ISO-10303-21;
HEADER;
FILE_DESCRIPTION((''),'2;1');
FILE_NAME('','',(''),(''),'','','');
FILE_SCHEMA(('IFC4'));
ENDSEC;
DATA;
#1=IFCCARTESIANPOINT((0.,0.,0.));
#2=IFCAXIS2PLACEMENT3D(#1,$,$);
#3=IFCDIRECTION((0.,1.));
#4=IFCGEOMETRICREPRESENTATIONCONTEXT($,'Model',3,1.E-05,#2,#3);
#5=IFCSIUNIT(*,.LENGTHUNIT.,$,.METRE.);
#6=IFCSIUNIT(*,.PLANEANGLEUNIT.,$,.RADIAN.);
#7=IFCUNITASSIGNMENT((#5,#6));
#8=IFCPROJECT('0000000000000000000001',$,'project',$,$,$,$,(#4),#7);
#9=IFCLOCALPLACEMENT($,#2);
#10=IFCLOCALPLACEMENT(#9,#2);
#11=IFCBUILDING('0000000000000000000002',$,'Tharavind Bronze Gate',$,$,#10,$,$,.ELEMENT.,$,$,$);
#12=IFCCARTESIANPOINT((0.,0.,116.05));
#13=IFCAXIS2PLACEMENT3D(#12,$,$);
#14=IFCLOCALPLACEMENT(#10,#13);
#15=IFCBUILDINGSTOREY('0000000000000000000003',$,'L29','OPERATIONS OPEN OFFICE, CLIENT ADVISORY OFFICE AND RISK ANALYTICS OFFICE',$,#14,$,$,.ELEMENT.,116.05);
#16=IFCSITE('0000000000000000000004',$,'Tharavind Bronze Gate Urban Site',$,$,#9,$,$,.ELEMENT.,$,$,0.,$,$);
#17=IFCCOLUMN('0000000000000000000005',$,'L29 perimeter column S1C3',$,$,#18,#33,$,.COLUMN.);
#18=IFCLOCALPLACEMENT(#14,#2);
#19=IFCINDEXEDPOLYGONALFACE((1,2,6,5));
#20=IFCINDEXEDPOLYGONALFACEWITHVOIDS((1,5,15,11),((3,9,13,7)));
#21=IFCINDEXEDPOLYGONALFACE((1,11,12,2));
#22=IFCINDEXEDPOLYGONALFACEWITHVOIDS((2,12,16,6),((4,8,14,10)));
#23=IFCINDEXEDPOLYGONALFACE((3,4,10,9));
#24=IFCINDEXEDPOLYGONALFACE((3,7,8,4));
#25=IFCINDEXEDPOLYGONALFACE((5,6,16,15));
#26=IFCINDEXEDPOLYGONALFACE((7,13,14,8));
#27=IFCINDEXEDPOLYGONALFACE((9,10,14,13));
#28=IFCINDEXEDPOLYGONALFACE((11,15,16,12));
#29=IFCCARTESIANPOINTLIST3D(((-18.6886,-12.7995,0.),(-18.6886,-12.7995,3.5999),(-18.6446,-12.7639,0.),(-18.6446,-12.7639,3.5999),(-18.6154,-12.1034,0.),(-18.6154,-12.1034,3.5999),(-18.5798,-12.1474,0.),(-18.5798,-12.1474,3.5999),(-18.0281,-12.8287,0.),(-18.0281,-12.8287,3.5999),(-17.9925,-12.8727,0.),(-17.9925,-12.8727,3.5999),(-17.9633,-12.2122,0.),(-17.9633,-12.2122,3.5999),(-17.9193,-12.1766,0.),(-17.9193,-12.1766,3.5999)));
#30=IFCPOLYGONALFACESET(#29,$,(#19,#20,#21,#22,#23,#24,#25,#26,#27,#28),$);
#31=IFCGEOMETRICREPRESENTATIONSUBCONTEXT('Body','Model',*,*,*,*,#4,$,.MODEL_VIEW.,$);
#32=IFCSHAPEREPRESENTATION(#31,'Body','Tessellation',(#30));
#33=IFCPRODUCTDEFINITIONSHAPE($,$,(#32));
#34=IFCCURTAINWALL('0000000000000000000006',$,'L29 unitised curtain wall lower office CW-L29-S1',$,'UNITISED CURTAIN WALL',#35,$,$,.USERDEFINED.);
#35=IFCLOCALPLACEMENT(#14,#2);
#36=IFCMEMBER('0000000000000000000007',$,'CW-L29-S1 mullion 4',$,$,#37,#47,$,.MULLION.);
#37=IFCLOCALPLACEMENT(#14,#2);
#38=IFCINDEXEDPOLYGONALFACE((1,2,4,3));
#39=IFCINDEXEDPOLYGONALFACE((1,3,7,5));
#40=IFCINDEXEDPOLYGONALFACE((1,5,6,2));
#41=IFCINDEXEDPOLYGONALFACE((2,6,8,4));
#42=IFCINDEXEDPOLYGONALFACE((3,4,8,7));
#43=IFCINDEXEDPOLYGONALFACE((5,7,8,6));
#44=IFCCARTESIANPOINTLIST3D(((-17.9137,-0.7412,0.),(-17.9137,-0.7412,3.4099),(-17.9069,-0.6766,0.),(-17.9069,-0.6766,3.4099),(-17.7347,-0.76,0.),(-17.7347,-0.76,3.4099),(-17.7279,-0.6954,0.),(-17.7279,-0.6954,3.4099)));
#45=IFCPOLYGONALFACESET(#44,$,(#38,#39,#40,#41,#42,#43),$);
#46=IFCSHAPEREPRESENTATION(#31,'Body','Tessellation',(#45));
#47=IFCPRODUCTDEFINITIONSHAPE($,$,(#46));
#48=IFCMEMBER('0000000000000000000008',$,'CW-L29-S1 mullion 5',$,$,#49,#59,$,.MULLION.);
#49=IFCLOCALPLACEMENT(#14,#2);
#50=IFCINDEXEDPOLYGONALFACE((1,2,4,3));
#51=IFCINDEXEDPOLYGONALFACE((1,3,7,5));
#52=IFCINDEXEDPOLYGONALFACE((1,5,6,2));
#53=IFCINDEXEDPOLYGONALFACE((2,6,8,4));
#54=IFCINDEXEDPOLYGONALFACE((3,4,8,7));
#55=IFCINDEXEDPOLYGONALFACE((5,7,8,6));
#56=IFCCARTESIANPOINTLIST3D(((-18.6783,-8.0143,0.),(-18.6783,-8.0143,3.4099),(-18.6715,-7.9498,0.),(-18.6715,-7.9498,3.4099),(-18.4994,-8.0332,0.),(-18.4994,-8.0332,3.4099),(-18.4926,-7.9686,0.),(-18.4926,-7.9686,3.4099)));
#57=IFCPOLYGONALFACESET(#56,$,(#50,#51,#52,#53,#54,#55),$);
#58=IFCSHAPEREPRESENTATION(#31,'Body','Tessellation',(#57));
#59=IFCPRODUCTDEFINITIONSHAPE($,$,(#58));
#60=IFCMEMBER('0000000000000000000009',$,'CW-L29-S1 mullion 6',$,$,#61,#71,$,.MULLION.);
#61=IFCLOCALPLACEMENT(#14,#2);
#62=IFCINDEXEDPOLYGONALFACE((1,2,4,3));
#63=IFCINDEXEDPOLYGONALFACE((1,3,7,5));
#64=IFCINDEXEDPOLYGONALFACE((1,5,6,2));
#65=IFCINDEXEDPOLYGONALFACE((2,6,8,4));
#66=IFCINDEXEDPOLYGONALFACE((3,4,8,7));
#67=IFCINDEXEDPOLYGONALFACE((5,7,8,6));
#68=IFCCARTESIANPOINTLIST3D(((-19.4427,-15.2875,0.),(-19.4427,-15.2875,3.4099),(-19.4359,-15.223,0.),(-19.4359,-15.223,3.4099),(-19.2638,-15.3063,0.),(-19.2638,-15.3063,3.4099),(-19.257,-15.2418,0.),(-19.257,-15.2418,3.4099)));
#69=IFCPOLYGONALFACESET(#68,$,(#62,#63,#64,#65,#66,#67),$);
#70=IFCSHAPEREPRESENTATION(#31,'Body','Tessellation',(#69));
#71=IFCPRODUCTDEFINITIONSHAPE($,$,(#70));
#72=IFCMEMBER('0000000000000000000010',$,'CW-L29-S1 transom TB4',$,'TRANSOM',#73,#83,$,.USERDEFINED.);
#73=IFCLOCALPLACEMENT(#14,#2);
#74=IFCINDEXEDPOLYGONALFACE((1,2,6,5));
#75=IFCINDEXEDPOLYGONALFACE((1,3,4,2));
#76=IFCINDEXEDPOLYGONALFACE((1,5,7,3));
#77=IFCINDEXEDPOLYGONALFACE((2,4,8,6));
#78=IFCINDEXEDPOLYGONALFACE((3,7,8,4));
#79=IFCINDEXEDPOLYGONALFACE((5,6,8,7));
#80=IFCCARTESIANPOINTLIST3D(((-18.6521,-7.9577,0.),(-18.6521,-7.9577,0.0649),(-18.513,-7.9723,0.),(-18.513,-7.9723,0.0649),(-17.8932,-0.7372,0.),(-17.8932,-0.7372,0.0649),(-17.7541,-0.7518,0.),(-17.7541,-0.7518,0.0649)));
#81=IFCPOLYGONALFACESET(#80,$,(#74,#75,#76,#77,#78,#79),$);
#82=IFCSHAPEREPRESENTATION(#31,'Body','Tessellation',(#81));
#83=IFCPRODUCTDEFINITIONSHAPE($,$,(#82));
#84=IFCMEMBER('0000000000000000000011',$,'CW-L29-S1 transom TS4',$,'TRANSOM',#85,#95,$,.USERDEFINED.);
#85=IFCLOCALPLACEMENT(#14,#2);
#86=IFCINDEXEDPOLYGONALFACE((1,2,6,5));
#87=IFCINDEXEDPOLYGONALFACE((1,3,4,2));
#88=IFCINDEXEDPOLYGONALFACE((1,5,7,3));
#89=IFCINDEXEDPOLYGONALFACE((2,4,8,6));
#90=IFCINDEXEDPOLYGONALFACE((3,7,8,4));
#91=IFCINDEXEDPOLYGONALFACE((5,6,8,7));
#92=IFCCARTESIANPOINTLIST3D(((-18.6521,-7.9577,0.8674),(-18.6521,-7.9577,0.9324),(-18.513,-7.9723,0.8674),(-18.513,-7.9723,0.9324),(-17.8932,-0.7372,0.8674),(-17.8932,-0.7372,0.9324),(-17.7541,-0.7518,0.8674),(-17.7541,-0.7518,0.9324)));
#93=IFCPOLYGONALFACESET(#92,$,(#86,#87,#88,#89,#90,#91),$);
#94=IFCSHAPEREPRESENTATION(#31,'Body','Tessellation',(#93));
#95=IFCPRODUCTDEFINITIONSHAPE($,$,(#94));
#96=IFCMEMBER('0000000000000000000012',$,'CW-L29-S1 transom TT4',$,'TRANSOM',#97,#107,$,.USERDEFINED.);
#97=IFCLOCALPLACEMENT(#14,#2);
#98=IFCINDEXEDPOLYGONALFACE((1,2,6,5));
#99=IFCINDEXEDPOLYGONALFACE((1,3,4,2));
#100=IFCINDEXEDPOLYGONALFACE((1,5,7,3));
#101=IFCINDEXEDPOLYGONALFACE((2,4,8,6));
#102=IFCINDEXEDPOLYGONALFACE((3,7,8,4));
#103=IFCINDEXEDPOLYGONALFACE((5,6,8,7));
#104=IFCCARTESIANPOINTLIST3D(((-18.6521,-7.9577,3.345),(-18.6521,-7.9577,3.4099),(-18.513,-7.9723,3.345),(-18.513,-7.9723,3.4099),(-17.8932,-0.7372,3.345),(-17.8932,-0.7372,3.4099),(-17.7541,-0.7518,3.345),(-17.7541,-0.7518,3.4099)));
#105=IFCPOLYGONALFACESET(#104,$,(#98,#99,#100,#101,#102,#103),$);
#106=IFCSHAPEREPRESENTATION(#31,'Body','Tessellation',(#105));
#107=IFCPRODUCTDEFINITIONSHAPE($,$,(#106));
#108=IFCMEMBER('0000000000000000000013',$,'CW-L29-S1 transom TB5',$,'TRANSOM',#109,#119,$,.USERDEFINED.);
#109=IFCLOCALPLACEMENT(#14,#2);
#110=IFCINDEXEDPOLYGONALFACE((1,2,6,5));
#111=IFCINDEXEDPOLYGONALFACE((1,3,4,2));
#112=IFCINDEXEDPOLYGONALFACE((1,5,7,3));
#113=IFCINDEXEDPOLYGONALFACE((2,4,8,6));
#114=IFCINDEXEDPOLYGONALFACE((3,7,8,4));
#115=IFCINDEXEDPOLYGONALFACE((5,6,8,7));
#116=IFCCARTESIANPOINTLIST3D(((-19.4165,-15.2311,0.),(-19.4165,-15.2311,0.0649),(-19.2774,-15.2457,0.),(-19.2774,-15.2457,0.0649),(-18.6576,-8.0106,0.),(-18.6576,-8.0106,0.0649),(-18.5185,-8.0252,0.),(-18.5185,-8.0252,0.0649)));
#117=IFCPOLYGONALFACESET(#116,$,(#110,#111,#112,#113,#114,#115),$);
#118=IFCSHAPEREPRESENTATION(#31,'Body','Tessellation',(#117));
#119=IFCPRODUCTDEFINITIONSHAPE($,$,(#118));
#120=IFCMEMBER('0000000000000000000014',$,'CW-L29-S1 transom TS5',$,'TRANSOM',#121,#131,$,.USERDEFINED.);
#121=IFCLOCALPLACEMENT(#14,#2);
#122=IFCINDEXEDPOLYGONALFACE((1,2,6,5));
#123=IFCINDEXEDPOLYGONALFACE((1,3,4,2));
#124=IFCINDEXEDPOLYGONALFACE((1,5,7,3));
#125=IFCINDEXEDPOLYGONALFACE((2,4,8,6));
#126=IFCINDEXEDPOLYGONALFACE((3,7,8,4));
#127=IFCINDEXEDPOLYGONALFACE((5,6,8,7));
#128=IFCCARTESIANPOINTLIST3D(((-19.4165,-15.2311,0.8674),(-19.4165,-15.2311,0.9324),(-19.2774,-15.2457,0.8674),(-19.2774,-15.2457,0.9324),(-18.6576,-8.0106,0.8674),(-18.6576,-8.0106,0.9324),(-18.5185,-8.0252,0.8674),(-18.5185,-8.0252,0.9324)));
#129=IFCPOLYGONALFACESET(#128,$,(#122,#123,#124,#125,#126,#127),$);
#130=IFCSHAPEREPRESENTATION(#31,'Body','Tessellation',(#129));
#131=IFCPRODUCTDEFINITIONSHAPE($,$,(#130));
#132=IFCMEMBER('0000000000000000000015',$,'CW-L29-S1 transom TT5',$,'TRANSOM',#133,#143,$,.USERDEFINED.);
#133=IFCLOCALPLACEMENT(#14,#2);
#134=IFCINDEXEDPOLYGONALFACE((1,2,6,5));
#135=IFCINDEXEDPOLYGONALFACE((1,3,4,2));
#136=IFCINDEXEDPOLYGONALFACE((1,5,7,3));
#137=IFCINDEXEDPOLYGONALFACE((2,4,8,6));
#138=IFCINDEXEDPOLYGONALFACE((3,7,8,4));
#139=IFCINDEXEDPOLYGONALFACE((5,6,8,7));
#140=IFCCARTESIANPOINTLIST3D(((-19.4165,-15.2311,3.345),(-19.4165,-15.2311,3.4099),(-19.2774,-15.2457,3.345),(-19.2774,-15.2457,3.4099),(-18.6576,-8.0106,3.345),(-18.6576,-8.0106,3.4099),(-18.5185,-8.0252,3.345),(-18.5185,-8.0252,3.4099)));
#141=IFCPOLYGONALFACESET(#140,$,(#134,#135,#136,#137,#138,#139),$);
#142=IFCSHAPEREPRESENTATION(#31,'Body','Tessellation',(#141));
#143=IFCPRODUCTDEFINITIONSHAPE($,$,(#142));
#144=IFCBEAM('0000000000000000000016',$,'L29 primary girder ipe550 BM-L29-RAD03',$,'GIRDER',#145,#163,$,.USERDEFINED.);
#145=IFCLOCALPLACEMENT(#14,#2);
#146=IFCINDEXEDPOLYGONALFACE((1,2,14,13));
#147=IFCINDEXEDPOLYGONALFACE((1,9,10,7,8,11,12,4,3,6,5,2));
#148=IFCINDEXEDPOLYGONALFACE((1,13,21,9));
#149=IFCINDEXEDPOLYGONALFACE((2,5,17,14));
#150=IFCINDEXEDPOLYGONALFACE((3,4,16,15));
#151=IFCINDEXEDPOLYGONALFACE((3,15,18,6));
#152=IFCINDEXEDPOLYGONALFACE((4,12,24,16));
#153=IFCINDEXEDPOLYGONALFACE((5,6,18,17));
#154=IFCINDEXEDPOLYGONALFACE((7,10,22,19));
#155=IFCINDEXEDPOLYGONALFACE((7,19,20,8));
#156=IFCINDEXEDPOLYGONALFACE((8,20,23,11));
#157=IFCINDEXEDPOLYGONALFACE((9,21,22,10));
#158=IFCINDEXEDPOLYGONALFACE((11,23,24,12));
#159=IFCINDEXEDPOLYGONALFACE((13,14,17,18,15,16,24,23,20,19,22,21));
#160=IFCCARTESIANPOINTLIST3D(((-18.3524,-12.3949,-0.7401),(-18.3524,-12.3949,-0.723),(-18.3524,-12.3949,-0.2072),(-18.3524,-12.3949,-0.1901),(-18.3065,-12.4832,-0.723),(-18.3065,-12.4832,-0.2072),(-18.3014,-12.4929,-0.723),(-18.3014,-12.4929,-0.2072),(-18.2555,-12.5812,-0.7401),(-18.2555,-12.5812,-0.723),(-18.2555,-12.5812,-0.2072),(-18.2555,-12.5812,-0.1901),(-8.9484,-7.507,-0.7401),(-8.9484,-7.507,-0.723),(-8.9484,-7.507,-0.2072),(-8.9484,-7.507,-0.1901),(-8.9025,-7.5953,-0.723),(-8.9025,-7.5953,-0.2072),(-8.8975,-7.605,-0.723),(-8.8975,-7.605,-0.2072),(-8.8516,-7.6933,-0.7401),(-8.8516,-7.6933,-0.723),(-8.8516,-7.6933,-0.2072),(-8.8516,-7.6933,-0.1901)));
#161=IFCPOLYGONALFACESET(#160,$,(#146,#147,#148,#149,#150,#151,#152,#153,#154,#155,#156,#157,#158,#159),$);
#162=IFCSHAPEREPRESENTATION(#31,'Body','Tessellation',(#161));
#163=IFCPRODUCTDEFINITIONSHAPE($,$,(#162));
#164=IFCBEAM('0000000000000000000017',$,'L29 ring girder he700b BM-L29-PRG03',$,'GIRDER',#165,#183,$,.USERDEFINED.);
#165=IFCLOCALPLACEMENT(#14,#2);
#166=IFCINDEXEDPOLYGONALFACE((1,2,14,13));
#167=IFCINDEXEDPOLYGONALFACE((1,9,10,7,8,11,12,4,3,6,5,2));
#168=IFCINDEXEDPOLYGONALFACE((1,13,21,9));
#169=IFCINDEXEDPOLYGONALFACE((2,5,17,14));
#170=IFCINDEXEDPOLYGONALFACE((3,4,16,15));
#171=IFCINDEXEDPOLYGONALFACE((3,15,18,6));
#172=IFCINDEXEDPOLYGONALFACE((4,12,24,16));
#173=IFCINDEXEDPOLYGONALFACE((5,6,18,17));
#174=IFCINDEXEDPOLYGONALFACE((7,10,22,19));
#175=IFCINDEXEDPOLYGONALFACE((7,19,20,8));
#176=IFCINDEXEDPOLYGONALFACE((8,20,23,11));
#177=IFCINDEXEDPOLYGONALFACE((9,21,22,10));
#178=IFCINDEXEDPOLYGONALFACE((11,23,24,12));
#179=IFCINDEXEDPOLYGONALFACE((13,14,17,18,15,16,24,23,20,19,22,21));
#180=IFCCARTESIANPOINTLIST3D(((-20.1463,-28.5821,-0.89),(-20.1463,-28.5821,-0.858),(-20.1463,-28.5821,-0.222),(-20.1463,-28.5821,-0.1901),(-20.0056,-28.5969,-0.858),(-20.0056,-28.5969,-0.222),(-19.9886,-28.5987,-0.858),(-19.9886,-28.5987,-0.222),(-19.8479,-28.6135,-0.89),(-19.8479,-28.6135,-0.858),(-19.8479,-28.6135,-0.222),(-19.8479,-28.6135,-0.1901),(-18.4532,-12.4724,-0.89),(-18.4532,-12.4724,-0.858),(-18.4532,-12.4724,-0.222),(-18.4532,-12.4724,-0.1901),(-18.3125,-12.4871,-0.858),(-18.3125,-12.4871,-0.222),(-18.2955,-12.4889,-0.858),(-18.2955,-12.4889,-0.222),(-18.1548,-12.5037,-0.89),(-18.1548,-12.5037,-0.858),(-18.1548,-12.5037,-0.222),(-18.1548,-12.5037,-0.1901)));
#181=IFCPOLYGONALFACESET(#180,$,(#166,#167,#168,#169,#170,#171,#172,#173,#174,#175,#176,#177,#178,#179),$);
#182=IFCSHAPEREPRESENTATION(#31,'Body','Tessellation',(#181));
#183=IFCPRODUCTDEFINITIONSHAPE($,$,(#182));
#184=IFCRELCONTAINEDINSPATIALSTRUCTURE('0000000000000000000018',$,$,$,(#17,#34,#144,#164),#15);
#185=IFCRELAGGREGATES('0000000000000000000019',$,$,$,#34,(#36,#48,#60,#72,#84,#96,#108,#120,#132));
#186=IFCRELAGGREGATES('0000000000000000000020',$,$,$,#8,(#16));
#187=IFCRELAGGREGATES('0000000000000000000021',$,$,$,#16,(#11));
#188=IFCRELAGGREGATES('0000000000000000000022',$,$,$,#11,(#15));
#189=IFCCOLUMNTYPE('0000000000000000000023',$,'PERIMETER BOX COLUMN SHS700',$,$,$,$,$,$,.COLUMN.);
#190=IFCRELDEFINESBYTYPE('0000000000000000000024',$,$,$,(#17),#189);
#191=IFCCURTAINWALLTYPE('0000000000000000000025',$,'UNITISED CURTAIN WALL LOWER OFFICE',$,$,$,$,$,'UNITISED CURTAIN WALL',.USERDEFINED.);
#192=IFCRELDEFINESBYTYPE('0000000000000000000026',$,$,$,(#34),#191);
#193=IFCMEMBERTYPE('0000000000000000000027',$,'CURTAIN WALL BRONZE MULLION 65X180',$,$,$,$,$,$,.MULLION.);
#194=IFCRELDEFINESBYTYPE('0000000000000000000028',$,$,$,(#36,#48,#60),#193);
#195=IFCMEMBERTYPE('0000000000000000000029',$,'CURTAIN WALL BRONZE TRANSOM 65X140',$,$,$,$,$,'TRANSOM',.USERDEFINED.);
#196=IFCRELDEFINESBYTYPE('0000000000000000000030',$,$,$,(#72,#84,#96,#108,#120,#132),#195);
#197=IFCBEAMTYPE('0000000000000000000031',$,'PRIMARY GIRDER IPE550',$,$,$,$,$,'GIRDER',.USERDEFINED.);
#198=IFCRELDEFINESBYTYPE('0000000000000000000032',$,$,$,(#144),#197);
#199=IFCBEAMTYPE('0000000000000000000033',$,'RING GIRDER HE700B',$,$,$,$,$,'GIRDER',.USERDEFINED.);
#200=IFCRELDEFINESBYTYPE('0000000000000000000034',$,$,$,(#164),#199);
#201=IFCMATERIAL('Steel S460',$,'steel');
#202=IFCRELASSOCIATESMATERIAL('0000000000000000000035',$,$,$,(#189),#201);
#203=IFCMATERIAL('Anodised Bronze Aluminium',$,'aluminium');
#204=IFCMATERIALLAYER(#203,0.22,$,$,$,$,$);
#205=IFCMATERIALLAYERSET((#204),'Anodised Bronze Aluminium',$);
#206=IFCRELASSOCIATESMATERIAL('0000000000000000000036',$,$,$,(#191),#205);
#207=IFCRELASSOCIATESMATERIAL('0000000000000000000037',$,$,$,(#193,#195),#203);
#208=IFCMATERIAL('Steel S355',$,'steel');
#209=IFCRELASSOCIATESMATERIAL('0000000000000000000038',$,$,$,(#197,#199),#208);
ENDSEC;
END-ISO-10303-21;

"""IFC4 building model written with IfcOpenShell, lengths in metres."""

from ifc_helpers import new_model, si_unit, direction, frame, origin, origin_2d, place, context, subcontext, project, spatial, rectangle, hollow_rectangle, i_section, extrude, material, layer, layer_set, material_profile, profile_set, type_object, element, aggregate, save


model = new_model("IFC4")

# Units and contexts
model_context = context("Model", 3, precision=1e-05, world=origin(), true_north=direction((0.0, 1.0)))
body_context = subcontext(model_context, "Body", "Model", "MODEL_VIEW")
ifc_project = project(units=[si_unit("LENGTHUNIT", "METRE"), si_unit("PLANEANGLEUNIT", "RADIAN")], contexts=[model_context])

# Site, building, storey
site_placement = place(None, origin())
site = spatial("IfcSite", under=ifc_project, at=site_placement, Name="Tharavind Bronze Gate Urban Site", CompositionType="ELEMENT", RefElevation=0.0)
building_placement = place(site_placement, origin())
building = spatial("IfcBuilding", under=site, at=building_placement, Name="Tharavind Bronze Gate", CompositionType="ELEMENT")
storey_placement = place(building_placement, frame((0.0, 0.0, 116.05)))
storey = spatial("IfcBuildingStorey", under=building, at=storey_placement, Name="L29", Description="OPERATIONS OPEN OFFICE, CLIENT ADVISORY OFFICE AND RISK ANALYTICS OFFICE", CompositionType="ELEMENT", Elevation=116.05)

# Column
ifc_material_1 = material(Name="Steel S460", Category="steel")
ifc_material_profile_1 = material_profile(ifc_material_1, hollow_rectangle(XDim=0.7, YDim=0.7, WallThickness=0.04, at=origin_2d()), Name="SHS700X40")
ifc_profile_set_1 = profile_set([ifc_material_profile_1], Name="Steel S460")
column_type = type_object("IfcColumnType", Name="PERIMETER BOX COLUMN SHS700", PredefinedType="COLUMN", material=ifc_profile_set_1)
column_placement = place(storey_placement, frame((-18.304, -12.488, 0.0), z_axis=(0.0, 0.0, 1.0), x_axis=(0.10453, 0.994522, 0.0)))
element("IfcColumn", 1, at=column_placement, inside=storey, type_object=column_type, Name="L29 perimeter column S1C3", PredefinedType="COLUMN", context=body_context, shape_type="SweptSolid", body=[
    extrude(hollow_rectangle(XDim=0.7, YDim=0.7, WallThickness=0.04, at=origin_2d()), origin(), (0.0, 0.0, 1.0), 3.5999),
])

# Curtain wall, members
ifc_material_2 = material(Name="Anodised Bronze Aluminium", Category="aluminium")
ifc_layer_1 = layer(ifc_material_2, 0.22)
ifc_layer_set_1 = layer_set([ifc_layer_1], Name="Anodised Bronze Aluminium")
curtain_wall_type = type_object("IfcCurtainWallType", Name="UNITISED CURTAIN WALL LOWER OFFICE", ElementType="UNITISED CURTAIN WALL", PredefinedType="USERDEFINED", material=ifc_layer_set_1)
curtain_wall_placement = place(storey_placement, origin())
curtain_wall = element("IfcCurtainWall", 2, at=curtain_wall_placement, inside=storey, type_object=curtain_wall_type, Name="L29 unitised curtain wall lower office CW-L29-S1", ObjectType="UNITISED CURTAIN WALL", PredefinedType="USERDEFINED")
member_type_1 = type_object("IfcMemberType", Name="CURTAIN WALL BRONZE MULLION 65X180", PredefinedType="MULLION", material=ifc_material_2)
member_1_placement = place(storey_placement, frame((-17.8208, -0.7183, 0.0), z_axis=(0.0, 0.0, 1.0), x_axis=(-0.104527, -0.994522, 0.0)))
member_1 = element("IfcMember", 3, at=member_1_placement, type_object=member_type_1, Name="CW-L29-S1 mullion 4", PredefinedType="MULLION", context=body_context, shape_type="SweptSolid", body=[
    extrude(rectangle(XDim=0.0649, YDim=0.1799, at=origin_2d()), origin(), (0.0, 0.0, 1.0), 3.4099),
])
member_2_placement = place(storey_placement, frame((-18.5854, -7.9915, 0.0), z_axis=(0.0, 0.0, 1.0), x_axis=(-0.104527, -0.994522, 0.0)))
member_2 = element("IfcMember", 4, at=member_2_placement, type_object=member_type_1, Name="CW-L29-S1 mullion 5", PredefinedType="MULLION", context=body_context, shape_type="SweptSolid", body=[
    extrude(rectangle(XDim=0.0649, YDim=0.1799, at=origin_2d()), origin(), (0.0, 0.0, 1.0), 3.4099),
])
member_3_placement = place(storey_placement, frame((-19.3499, -15.2646, 0.0), z_axis=(0.0, 0.0, 1.0), x_axis=(-0.104527, -0.994522, 0.0)))
member_3 = element("IfcMember", 5, at=member_3_placement, type_object=member_type_1, Name="CW-L29-S1 mullion 6", PredefinedType="MULLION", context=body_context, shape_type="SweptSolid", body=[
    extrude(rectangle(XDim=0.0649, YDim=0.1799, at=origin_2d()), origin(), (0.0, 0.0, 1.0), 3.4099),
])
member_type_2 = type_object("IfcMemberType", Name="CURTAIN WALL BRONZE TRANSOM 65X140", ElementType="TRANSOM", PredefinedType="USERDEFINED", material=ifc_material_2)
member_4_placement = place(storey_placement, frame((-18.2031, -4.3547, 0.0), z_axis=(0.0, 0.0, 1.0), x_axis=(-0.104527, -0.994522, 0.0)))
member_4 = element("IfcMember", 6, at=member_4_placement, type_object=member_type_2, Name="CW-L29-S1 transom TB4", ObjectType="TRANSOM", PredefinedType="USERDEFINED", context=body_context, shape_type="SweptSolid", body=[
    extrude(rectangle(XDim=7.2603, YDim=0.1399, at=origin_2d()), origin(), (0.0, 0.0, 1.0), 0.0649),
])
member_5_placement = place(storey_placement, frame((-18.2031, -4.3547, 0.8674), z_axis=(0.0, 0.0, 1.0), x_axis=(-0.104527, -0.994522, 0.0)))
member_5 = element("IfcMember", 7, at=member_5_placement, type_object=member_type_2, Name="CW-L29-S1 transom TS4", ObjectType="TRANSOM", PredefinedType="USERDEFINED", context=body_context, shape_type="SweptSolid", body=[
    extrude(rectangle(XDim=7.2603, YDim=0.1399, at=origin_2d()), origin(), (0.0, 0.0, 1.0), 0.0649),
])
member_6_placement = place(storey_placement, frame((-18.2031, -4.3547, 3.345), z_axis=(0.0, 0.0, 1.0), x_axis=(-0.104527, -0.994522, 0.0)))
member_6 = element("IfcMember", 8, at=member_6_placement, type_object=member_type_2, Name="CW-L29-S1 transom TT4", ObjectType="TRANSOM", PredefinedType="USERDEFINED", context=body_context, shape_type="SweptSolid", body=[
    extrude(rectangle(XDim=7.2603, YDim=0.1399, at=origin_2d()), origin(), (0.0, 0.0, 1.0), 0.0649),
])
member_7_placement = place(storey_placement, frame((-18.9675, -11.6282, 0.0), z_axis=(0.0, 0.0, 1.0), x_axis=(-0.104527, -0.994522, 0.0)))
member_7 = element("IfcMember", 9, at=member_7_placement, type_object=member_type_2, Name="CW-L29-S1 transom TB5", ObjectType="TRANSOM", PredefinedType="USERDEFINED", context=body_context, shape_type="SweptSolid", body=[
    extrude(rectangle(XDim=7.2603, YDim=0.1399, at=origin_2d()), origin(), (0.0, 0.0, 1.0), 0.0649),
])
member_8_placement = place(storey_placement, frame((-18.9675, -11.6282, 0.8674), z_axis=(0.0, 0.0, 1.0), x_axis=(-0.104527, -0.994522, 0.0)))
member_8 = element("IfcMember", 10, at=member_8_placement, type_object=member_type_2, Name="CW-L29-S1 transom TS5", ObjectType="TRANSOM", PredefinedType="USERDEFINED", context=body_context, shape_type="SweptSolid", body=[
    extrude(rectangle(XDim=7.2603, YDim=0.1399, at=origin_2d()), origin(), (0.0, 0.0, 1.0), 0.0649),
])
member_9_placement = place(storey_placement, frame((-18.9675, -11.6282, 3.345), z_axis=(0.0, 0.0, 1.0), x_axis=(-0.104527, -0.994522, 0.0)))
member_9 = element("IfcMember", 11, at=member_9_placement, type_object=member_type_2, Name="CW-L29-S1 transom TT5", ObjectType="TRANSOM", PredefinedType="USERDEFINED", context=body_context, shape_type="SweptSolid", body=[
    extrude(rectangle(XDim=7.2603, YDim=0.1399, at=origin_2d()), origin(), (0.0, 0.0, 1.0), 0.0649),
])

# Beams
ifc_material_3 = material(Name="Steel S355", Category="steel")
ifc_material_profile_2 = material_profile(ifc_material_3, i_section(OverallWidth=0.21, OverallDepth=0.55, WebThickness=0.011, FlangeThickness=0.0171, at=origin_2d()), Name="IPE550")
ifc_profile_set_2 = profile_set([ifc_material_profile_2], Name="Steel S355")
beam_type_1 = type_object("IfcBeamType", Name="PRIMARY GIRDER IPE550", ElementType="GIRDER", PredefinedType="USERDEFINED", material=ifc_profile_set_2)
beam_1_placement = place(storey_placement, frame((-18.304, -12.488, -0.4651), z_axis=(0.887301, 0.461192, 0.0), x_axis=(-0.461192, 0.887301, 0.0)))
element("IfcBeam", 12, at=beam_1_placement, inside=storey, type_object=beam_type_1, Name="L29 primary girder ipe550 BM-L29-RAD03", ObjectType="GIRDER", PredefinedType="USERDEFINED", context=body_context, shape_type="SweptSolid", body=[
    extrude(i_section(OverallWidth=0.21, OverallDepth=0.55, WebThickness=0.011, FlangeThickness=0.0171, at=origin_2d()), origin(), (0.0, 0.0, 1.0), 10.5984),
])
ifc_material_profile_3 = material_profile(ifc_material_3, i_section(OverallWidth=0.3, OverallDepth=0.7, WebThickness=0.0171, FlangeThickness=0.032, at=origin_2d()), Name="HE700B")
ifc_profile_set_3 = profile_set([ifc_material_profile_3], Name="Steel S355")
beam_type_2 = type_object("IfcBeamType", Name="RING GIRDER HE700B", ElementType="GIRDER", PredefinedType="USERDEFINED", material=ifc_profile_set_3)
beam_2_placement = place(storey_placement, frame((-18.304, -12.488, -0.54), z_axis=(-0.104522, -0.994523, 0.0), x_axis=(0.994523, -0.104522, 0.0)))
element("IfcBeam", 13, at=beam_2_placement, inside=storey, type_object=beam_type_2, Name="L29 ring girder he700b BM-L29-PRG03", ObjectType="GIRDER", PredefinedType="USERDEFINED", context=body_context, shape_type="SweptSolid", body=[
    extrude(i_section(OverallWidth=0.3, OverallDepth=0.7, WebThickness=0.0171, FlangeThickness=0.032, at=origin_2d()), origin(), (0.0, 0.0, 1.0), 16.1985),
])

aggregate(curtain_wall, [member_1, member_2, member_3, member_4, member_5, member_6, member_7, member_8, member_9])

save(model, "model.ifc")
